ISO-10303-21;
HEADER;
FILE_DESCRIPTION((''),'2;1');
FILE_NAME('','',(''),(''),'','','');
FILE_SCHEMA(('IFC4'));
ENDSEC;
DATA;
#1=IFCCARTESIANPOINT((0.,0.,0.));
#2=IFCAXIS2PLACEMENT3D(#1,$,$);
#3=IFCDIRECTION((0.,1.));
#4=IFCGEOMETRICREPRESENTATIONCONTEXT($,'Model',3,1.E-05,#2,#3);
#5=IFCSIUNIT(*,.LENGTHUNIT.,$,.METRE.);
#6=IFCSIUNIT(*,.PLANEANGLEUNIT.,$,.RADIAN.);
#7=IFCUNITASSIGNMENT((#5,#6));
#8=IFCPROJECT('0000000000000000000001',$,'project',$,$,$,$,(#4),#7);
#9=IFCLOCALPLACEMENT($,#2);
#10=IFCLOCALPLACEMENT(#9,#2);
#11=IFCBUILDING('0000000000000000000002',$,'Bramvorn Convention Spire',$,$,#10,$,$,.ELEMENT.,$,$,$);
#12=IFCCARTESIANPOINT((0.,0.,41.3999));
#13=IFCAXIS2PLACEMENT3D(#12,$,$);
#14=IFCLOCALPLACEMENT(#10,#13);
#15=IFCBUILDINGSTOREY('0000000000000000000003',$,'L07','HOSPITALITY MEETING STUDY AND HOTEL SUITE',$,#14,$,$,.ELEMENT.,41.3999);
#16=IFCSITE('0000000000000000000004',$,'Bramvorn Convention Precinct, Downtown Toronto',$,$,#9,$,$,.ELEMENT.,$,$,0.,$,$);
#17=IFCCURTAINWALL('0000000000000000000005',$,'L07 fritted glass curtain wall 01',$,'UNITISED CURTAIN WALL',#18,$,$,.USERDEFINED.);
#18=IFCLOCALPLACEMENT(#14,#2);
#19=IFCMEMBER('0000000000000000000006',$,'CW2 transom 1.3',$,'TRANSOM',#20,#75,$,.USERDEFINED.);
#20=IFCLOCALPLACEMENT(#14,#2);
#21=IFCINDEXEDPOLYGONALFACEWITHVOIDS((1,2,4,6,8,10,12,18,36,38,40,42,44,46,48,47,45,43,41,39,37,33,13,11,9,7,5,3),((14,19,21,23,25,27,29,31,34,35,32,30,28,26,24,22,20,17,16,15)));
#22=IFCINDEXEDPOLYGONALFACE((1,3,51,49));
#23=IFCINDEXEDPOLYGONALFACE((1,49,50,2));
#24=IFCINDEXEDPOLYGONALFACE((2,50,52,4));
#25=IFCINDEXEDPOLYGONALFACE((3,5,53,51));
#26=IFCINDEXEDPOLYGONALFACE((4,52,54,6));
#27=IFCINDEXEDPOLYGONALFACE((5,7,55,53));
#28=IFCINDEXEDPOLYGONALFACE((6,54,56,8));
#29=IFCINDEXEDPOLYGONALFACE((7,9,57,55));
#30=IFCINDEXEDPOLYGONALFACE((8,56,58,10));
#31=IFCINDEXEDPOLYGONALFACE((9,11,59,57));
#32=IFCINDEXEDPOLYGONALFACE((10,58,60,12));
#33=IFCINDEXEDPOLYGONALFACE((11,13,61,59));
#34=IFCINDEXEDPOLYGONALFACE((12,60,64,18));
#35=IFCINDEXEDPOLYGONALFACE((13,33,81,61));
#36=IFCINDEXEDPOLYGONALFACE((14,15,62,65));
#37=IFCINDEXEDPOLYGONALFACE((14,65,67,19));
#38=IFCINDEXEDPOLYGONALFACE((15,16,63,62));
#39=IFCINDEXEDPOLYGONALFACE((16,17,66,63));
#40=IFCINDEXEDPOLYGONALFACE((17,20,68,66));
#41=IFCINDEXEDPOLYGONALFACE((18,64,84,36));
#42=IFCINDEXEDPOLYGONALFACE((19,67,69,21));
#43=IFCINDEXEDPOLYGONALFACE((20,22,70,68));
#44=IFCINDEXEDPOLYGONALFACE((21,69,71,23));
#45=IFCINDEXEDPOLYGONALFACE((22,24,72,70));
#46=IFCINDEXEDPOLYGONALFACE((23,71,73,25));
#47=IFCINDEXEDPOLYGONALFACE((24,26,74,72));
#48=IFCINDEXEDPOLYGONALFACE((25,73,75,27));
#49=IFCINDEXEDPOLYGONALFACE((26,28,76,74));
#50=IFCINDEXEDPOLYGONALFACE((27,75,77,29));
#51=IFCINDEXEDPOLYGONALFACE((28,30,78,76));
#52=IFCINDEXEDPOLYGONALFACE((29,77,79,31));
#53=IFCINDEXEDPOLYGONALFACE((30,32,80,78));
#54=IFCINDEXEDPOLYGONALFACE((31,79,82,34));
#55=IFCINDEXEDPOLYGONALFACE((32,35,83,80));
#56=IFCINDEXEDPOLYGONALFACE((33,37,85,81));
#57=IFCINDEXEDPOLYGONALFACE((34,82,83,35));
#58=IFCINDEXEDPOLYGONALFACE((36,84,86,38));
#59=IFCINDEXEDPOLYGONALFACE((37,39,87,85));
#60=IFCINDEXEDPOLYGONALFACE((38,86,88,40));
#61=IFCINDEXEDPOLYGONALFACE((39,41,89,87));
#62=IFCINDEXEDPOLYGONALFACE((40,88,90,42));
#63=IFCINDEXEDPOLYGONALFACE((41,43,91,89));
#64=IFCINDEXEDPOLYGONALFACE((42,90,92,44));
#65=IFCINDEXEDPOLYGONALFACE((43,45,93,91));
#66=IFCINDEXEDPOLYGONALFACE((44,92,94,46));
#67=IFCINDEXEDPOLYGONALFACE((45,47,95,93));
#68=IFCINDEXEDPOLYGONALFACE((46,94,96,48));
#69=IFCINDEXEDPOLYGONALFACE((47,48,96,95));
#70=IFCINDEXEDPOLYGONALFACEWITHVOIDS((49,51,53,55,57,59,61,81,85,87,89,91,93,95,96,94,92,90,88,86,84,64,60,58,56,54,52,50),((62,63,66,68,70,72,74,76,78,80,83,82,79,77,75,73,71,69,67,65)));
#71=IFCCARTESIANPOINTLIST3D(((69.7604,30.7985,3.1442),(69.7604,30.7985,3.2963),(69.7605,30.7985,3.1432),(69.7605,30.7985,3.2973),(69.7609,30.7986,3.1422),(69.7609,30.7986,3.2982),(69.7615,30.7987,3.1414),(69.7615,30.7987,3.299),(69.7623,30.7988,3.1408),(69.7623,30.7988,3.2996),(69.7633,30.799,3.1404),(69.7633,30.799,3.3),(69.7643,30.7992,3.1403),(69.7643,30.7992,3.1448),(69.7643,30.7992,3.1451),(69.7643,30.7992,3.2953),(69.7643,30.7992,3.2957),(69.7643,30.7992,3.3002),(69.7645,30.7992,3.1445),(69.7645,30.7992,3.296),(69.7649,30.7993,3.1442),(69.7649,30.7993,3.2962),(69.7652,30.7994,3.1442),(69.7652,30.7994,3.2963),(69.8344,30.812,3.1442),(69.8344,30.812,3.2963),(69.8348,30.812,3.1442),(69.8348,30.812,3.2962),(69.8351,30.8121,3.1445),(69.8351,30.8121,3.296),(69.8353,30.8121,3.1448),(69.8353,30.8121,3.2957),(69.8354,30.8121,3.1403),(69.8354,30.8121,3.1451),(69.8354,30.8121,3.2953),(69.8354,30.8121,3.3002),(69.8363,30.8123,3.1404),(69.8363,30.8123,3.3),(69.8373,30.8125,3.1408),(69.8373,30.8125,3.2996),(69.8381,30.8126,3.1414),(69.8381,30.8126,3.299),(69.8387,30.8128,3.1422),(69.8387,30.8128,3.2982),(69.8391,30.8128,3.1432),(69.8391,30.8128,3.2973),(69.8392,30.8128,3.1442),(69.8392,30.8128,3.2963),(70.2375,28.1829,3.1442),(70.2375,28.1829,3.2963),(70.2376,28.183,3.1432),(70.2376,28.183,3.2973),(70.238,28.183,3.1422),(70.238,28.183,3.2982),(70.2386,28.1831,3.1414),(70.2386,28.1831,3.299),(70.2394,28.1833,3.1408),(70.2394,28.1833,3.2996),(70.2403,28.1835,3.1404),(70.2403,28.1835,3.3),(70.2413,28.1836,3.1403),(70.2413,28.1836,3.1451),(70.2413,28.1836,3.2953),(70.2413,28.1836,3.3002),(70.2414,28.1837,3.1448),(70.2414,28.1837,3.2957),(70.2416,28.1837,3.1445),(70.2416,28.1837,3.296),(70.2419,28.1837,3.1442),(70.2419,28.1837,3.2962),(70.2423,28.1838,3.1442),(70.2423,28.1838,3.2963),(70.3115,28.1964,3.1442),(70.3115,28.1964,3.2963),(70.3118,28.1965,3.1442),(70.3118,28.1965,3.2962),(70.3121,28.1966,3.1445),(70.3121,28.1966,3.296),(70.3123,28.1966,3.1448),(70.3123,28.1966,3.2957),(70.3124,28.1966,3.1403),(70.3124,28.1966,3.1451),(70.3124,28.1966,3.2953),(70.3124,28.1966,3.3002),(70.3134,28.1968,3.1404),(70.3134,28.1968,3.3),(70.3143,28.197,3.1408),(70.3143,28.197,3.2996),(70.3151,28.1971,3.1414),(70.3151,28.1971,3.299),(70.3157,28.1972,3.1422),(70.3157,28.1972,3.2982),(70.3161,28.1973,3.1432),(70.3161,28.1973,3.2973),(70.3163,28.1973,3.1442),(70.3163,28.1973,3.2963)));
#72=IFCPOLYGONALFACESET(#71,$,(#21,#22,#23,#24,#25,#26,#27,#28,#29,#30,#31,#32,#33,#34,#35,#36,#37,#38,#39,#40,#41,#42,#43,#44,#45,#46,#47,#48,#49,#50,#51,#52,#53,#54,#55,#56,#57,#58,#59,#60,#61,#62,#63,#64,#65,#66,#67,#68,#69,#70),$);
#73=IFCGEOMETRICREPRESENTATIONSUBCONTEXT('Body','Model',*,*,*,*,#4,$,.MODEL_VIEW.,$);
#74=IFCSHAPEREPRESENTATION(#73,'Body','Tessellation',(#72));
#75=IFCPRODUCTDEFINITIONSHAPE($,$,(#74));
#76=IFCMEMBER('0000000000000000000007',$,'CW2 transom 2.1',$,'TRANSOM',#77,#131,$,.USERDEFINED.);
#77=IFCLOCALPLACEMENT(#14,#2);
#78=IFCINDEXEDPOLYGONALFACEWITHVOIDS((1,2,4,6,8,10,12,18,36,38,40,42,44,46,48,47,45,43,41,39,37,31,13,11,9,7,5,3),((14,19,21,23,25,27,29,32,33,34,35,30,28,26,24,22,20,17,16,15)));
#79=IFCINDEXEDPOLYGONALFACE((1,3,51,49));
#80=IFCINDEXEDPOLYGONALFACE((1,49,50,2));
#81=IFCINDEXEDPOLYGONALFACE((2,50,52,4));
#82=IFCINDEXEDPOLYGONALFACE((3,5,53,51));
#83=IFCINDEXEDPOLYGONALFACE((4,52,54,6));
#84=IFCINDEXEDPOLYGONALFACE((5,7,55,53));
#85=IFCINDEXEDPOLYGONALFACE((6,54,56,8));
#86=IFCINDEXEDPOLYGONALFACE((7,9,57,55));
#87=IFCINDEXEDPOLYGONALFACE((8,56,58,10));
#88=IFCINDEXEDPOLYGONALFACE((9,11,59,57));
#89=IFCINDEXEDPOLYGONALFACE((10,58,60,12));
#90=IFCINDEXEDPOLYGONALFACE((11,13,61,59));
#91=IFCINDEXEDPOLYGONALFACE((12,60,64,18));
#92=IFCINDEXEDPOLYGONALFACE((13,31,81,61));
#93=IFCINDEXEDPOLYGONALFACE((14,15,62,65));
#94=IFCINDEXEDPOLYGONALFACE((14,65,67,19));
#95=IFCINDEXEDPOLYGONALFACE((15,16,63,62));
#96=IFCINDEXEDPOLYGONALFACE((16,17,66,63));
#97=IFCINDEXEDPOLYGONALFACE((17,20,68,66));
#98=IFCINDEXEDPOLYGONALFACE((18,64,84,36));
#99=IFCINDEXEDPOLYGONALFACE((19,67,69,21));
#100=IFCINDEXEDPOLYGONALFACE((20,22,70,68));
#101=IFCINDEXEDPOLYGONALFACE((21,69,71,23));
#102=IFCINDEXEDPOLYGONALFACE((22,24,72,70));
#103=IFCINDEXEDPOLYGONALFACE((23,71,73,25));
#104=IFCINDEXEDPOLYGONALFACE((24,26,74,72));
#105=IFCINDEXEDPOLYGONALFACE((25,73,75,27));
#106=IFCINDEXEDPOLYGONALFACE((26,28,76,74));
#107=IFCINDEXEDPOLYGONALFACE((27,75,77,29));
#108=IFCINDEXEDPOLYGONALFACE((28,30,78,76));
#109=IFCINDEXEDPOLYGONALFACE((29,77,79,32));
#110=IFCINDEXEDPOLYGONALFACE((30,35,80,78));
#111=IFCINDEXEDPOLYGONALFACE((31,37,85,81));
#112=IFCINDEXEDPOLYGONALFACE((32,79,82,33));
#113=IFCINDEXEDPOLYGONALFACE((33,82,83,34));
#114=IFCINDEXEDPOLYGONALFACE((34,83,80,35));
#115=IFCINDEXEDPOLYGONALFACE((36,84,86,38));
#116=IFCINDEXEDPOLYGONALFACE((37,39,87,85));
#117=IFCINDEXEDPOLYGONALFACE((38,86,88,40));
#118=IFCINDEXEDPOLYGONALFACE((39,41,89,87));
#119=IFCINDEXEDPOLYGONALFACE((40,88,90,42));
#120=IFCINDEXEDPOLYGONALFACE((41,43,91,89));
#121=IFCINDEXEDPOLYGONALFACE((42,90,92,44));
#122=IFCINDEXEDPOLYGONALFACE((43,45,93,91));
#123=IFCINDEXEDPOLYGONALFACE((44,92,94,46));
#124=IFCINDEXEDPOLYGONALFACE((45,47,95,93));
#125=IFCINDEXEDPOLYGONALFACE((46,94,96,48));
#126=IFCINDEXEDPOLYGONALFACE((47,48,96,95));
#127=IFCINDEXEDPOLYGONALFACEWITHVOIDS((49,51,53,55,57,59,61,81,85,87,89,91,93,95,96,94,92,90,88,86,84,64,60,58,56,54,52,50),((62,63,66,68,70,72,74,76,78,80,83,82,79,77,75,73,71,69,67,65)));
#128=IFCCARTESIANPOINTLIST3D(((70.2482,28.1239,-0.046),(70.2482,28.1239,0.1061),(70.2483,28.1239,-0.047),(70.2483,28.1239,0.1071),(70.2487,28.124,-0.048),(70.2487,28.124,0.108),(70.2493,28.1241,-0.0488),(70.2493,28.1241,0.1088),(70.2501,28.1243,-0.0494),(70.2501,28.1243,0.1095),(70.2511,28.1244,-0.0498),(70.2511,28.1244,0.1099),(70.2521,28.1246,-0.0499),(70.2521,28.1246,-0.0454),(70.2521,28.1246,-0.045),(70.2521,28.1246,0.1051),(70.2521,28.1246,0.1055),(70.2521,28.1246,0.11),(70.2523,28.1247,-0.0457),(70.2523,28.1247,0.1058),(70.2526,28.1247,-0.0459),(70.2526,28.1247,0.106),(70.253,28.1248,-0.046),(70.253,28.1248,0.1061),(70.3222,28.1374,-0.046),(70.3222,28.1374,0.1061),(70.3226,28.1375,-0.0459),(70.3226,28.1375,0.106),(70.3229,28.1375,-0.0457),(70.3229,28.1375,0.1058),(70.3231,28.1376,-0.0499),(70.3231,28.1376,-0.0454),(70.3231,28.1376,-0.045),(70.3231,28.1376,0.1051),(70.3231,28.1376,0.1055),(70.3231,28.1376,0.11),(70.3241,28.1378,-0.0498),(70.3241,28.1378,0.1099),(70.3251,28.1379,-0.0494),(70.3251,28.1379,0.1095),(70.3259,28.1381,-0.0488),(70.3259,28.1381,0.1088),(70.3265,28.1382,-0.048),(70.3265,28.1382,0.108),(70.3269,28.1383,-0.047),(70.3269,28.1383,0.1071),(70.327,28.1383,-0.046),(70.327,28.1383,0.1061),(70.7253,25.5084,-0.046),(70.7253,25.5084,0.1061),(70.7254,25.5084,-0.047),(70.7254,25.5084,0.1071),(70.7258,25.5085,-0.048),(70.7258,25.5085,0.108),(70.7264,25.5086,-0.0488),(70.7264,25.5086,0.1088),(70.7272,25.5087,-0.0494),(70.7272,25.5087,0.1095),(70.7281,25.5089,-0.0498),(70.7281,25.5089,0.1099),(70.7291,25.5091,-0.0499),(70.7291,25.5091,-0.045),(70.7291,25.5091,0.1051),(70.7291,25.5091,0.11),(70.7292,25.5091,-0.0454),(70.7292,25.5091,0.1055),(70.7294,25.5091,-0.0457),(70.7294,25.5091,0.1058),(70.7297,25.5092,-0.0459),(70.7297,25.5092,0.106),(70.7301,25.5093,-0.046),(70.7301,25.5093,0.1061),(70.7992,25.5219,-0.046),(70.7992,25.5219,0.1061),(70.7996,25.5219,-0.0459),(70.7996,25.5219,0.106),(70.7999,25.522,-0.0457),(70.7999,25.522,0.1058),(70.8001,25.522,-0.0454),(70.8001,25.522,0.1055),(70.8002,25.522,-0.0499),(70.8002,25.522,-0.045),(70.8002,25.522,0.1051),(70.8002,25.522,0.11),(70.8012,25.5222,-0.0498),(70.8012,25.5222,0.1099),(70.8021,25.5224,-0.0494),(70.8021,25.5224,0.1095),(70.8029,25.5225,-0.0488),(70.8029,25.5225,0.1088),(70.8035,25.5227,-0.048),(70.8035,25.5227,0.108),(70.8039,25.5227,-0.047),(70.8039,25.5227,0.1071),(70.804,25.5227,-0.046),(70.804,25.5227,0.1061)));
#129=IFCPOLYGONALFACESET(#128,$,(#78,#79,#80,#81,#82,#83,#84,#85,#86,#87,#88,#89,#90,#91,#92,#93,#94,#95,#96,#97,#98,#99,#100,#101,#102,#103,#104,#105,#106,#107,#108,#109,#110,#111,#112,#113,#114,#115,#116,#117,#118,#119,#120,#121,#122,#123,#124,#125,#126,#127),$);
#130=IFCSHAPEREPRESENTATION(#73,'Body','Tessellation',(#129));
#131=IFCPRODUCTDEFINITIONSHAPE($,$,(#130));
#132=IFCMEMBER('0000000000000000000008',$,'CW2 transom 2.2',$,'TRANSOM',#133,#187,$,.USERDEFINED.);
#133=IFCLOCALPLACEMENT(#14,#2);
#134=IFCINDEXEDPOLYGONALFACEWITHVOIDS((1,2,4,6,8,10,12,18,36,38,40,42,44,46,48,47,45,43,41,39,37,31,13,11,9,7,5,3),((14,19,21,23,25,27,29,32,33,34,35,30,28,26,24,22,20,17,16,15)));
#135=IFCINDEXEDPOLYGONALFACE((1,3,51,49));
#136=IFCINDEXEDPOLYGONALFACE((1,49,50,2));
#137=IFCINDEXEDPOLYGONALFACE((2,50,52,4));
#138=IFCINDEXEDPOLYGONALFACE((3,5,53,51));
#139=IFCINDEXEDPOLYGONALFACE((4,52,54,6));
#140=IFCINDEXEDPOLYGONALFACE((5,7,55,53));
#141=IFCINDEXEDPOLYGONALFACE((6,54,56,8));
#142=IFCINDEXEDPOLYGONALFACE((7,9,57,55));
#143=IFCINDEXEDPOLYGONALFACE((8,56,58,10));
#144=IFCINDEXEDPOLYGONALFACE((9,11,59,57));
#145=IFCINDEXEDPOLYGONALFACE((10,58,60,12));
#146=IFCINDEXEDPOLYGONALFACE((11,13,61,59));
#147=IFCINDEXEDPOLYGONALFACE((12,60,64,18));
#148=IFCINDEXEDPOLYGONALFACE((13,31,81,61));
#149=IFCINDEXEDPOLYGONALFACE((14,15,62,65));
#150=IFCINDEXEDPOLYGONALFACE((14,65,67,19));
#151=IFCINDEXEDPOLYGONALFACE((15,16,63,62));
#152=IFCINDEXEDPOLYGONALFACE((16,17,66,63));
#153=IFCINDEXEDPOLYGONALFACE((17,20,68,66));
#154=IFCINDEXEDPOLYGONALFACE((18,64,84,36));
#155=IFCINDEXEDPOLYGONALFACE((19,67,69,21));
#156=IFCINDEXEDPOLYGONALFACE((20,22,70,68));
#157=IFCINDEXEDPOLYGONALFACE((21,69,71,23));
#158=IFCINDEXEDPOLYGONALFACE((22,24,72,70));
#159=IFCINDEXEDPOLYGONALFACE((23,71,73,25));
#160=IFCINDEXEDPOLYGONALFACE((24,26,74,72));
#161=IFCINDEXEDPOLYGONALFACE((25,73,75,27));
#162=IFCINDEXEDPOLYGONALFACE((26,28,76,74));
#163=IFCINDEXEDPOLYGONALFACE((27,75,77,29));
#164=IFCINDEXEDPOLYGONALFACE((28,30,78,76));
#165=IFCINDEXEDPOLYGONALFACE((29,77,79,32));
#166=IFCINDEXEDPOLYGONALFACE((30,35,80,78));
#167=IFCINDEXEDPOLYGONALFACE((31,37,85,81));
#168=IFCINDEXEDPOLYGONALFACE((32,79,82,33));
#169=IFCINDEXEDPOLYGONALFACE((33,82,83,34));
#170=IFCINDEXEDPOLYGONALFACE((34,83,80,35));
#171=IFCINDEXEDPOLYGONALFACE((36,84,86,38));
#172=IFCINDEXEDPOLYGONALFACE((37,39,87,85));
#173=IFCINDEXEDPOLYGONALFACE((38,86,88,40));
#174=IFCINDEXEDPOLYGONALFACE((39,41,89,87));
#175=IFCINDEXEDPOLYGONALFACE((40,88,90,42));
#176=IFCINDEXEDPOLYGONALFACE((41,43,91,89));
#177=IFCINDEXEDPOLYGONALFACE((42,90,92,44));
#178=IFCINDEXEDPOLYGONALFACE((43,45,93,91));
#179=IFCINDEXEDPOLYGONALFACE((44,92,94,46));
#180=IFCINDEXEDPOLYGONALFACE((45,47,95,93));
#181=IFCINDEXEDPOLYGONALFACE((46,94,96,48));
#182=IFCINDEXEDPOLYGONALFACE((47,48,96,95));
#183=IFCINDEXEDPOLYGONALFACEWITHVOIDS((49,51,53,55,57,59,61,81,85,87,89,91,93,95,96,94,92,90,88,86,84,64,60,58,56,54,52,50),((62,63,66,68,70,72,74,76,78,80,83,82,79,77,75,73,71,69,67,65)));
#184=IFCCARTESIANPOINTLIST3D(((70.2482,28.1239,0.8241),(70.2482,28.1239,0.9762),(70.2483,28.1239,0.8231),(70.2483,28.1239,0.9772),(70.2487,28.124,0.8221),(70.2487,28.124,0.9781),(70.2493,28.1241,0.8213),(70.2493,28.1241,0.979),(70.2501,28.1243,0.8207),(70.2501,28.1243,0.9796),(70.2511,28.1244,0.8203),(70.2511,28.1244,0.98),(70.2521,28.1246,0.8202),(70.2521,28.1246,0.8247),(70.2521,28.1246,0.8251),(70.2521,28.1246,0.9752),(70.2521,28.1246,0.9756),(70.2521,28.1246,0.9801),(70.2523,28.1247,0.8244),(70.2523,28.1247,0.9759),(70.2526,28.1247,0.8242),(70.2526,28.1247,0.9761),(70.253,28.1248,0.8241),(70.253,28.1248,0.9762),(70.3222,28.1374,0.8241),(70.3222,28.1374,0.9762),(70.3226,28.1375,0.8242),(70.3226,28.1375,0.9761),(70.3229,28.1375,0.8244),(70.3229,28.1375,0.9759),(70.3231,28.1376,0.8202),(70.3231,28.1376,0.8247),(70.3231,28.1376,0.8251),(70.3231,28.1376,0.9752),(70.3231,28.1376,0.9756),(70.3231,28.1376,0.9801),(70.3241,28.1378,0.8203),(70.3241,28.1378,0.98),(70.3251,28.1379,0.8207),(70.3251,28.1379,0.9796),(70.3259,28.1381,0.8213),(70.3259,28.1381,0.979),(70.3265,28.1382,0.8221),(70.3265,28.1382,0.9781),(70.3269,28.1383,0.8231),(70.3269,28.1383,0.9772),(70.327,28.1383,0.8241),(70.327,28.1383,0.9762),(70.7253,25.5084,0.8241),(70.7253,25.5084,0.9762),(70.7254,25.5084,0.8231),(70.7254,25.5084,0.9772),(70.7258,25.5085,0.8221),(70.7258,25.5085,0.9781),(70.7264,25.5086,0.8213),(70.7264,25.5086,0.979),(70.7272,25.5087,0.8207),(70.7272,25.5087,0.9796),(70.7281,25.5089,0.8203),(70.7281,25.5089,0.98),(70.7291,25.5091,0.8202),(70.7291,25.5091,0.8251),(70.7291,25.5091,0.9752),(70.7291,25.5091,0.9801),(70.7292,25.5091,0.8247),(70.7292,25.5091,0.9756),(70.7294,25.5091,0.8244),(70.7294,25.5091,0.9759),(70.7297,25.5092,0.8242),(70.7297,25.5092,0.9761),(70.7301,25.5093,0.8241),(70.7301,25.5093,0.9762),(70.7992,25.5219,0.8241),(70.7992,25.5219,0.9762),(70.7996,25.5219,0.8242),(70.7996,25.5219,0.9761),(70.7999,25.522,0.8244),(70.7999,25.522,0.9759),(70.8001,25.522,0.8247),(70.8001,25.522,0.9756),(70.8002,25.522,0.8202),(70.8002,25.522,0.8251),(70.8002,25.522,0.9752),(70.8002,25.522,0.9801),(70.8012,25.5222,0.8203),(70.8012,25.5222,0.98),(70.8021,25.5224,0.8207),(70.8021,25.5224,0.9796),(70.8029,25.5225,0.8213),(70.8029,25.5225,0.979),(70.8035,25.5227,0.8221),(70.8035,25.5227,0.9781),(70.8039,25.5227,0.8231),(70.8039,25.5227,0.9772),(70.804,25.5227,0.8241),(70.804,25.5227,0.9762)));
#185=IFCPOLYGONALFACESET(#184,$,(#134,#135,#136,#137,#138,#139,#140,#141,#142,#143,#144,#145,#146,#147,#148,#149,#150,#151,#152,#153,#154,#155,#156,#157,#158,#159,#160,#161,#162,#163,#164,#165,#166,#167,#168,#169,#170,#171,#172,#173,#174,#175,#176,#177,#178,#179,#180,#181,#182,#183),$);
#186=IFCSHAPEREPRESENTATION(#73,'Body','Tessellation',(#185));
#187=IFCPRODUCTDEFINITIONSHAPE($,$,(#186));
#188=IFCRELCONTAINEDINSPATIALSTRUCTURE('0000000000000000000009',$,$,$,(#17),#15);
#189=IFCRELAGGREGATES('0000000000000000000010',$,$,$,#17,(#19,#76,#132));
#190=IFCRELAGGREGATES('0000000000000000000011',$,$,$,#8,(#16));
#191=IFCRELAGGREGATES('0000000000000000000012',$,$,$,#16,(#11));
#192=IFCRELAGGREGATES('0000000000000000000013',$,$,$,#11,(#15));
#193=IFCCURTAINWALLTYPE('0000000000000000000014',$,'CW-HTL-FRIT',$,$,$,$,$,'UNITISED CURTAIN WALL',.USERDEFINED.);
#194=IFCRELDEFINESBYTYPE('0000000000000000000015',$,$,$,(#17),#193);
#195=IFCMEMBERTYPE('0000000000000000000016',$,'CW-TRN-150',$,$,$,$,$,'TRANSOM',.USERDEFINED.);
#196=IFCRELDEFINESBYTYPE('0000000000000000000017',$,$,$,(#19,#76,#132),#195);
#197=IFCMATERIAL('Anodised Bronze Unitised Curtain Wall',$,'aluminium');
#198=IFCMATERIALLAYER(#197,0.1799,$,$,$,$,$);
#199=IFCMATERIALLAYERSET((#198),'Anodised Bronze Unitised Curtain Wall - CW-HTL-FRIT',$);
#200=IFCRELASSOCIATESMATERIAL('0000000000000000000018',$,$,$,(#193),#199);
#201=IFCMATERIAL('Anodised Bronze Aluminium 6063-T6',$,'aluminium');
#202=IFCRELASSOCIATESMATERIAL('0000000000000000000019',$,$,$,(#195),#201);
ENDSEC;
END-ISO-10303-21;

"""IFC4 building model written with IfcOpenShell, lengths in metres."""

from ifc_helpers import new_model, si_unit, direction, frame, origin, origin_2d, place, context, subcontext, project, spatial, hollow_rectangle, extrude, material, layer, layer_set, material_profile, profile_set, type_object, element, aggregate, save


model = new_model("IFC4")

# Units and contexts
model_context = context("Model", 3, precision=1e-05, world=origin(), true_north=direction((0.0, 1.0)))
body_context = subcontext(model_context, "Body", "Model", "MODEL_VIEW")
ifc_project = project(units=[si_unit("LENGTHUNIT", "METRE"), si_unit("PLANEANGLEUNIT", "RADIAN")], contexts=[model_context])

# Site, building, storey
site_placement = place(None, origin())
site = spatial("IfcSite", under=ifc_project, at=site_placement, Name="Bramvorn Convention Precinct, Downtown Toronto", CompositionType="ELEMENT", RefElevation=0.0)
building_placement = place(site_placement, origin())
building = spatial("IfcBuilding", under=site, at=building_placement, Name="Bramvorn Convention Spire", CompositionType="ELEMENT")
storey_placement = place(building_placement, frame((0.0, 0.0, 41.3999)))
storey = spatial("IfcBuildingStorey", under=building, at=storey_placement, Name="L07", Description="HOSPITALITY MEETING STUDY AND HOTEL SUITE", CompositionType="ELEMENT", Elevation=41.3999)

# Curtain wall
ifc_material_1 = material(Name="Anodised Bronze Unitised Curtain Wall", Category="aluminium")
ifc_layer_1 = layer(ifc_material_1, 0.1799)
ifc_layer_set_1 = layer_set([ifc_layer_1], Name="Anodised Bronze Unitised Curtain Wall - CW-HTL-FRIT")
curtain_wall_type = type_object("IfcCurtainWallType", Name="CW-HTL-FRIT", ElementType="UNITISED CURTAIN WALL", PredefinedType="USERDEFINED", material=ifc_layer_set_1)
curtain_wall_1_placement = place(storey_placement, origin())
curtain_wall_1 = element("IfcCurtainWall", 1, at=curtain_wall_1_placement, inside=storey, type_object=curtain_wall_type, Name="L07 fritted glass curtain wall 01", ObjectType="UNITISED CURTAIN WALL", PredefinedType="USERDEFINED")
ifc_material_2 = material(Name="Anodised Bronze Aluminium 6063-T6", Category="aluminium")

# Members
ifc_material_profile_1 = material_profile(ifc_material_2, hollow_rectangle(XDim=0.0801, YDim=0.1599, WallThickness=0.0039, InnerFilletRadius=0.001, OuterFilletRadius=0.0039, at=origin_2d()))
ifc_profile_set_1 = profile_set([ifc_material_profile_1], Name="Anodised Bronze Aluminium 6063-T6 - CWT80X160")
member_type_1 = type_object("IfcMemberType", Name="CW-TRN-150", ElementType="TRANSOM", PredefinedType="USERDEFINED", material=ifc_profile_set_1)
member_1_placement = place(storey_placement, frame((69.7998, 30.8057, 3.2202), z_axis=(0.179435, -0.98377, 0.0), x_axis=(0.98377, 0.179435, 0.0)))
member_1 = element("IfcMember", 2, at=member_1_placement, type_object=member_type_1, Name="CW2 transom 1.3", ObjectType="TRANSOM", PredefinedType="USERDEFINED", context=body_context, shape_type="SweptSolid", body=[
    extrude(hollow_rectangle(XDim=0.0801, YDim=0.1599, WallThickness=0.0039, InnerFilletRadius=0.001, OuterFilletRadius=0.0039, at=origin_2d()), origin(), (0.0, 0.0, 1.0), 2.6587),
])
member_2_placement = place(storey_placement, frame((70.2876, 28.1311, 0.03), z_axis=(0.179435, -0.98377, 0.0), x_axis=(0.98377, 0.179435, 0.0)))
member_2 = element("IfcMember", 3, at=member_2_placement, type_object=member_type_1, Name="CW2 transom 2.1", ObjectType="TRANSOM", PredefinedType="USERDEFINED", context=body_context, shape_type="SweptSolid", body=[
    extrude(hollow_rectangle(XDim=0.0801, YDim=0.1599, WallThickness=0.0039, InnerFilletRadius=0.001, OuterFilletRadius=0.0039, at=origin_2d()), origin(), (0.0, 0.0, 1.0), 2.6587),
])
member_3_placement = place(storey_placement, frame((70.2876, 28.1311, 0.9001), z_axis=(0.179435, -0.98377, 0.0), x_axis=(0.98377, 0.179435, 0.0)))
member_3 = element("IfcMember", 4, at=member_3_placement, type_object=member_type_1, Name="CW2 transom 2.2", ObjectType="TRANSOM", PredefinedType="USERDEFINED", context=body_context, shape_type="SweptSolid", body=[
    extrude(hollow_rectangle(XDim=0.0801, YDim=0.1599, WallThickness=0.0039, InnerFilletRadius=0.001, OuterFilletRadius=0.0039, at=origin_2d()), origin(), (0.0, 0.0, 1.0), 2.6587),
])

aggregate(curtain_wall_1, [member_1, member_2, member_3])

save(model, "model.ifc")
